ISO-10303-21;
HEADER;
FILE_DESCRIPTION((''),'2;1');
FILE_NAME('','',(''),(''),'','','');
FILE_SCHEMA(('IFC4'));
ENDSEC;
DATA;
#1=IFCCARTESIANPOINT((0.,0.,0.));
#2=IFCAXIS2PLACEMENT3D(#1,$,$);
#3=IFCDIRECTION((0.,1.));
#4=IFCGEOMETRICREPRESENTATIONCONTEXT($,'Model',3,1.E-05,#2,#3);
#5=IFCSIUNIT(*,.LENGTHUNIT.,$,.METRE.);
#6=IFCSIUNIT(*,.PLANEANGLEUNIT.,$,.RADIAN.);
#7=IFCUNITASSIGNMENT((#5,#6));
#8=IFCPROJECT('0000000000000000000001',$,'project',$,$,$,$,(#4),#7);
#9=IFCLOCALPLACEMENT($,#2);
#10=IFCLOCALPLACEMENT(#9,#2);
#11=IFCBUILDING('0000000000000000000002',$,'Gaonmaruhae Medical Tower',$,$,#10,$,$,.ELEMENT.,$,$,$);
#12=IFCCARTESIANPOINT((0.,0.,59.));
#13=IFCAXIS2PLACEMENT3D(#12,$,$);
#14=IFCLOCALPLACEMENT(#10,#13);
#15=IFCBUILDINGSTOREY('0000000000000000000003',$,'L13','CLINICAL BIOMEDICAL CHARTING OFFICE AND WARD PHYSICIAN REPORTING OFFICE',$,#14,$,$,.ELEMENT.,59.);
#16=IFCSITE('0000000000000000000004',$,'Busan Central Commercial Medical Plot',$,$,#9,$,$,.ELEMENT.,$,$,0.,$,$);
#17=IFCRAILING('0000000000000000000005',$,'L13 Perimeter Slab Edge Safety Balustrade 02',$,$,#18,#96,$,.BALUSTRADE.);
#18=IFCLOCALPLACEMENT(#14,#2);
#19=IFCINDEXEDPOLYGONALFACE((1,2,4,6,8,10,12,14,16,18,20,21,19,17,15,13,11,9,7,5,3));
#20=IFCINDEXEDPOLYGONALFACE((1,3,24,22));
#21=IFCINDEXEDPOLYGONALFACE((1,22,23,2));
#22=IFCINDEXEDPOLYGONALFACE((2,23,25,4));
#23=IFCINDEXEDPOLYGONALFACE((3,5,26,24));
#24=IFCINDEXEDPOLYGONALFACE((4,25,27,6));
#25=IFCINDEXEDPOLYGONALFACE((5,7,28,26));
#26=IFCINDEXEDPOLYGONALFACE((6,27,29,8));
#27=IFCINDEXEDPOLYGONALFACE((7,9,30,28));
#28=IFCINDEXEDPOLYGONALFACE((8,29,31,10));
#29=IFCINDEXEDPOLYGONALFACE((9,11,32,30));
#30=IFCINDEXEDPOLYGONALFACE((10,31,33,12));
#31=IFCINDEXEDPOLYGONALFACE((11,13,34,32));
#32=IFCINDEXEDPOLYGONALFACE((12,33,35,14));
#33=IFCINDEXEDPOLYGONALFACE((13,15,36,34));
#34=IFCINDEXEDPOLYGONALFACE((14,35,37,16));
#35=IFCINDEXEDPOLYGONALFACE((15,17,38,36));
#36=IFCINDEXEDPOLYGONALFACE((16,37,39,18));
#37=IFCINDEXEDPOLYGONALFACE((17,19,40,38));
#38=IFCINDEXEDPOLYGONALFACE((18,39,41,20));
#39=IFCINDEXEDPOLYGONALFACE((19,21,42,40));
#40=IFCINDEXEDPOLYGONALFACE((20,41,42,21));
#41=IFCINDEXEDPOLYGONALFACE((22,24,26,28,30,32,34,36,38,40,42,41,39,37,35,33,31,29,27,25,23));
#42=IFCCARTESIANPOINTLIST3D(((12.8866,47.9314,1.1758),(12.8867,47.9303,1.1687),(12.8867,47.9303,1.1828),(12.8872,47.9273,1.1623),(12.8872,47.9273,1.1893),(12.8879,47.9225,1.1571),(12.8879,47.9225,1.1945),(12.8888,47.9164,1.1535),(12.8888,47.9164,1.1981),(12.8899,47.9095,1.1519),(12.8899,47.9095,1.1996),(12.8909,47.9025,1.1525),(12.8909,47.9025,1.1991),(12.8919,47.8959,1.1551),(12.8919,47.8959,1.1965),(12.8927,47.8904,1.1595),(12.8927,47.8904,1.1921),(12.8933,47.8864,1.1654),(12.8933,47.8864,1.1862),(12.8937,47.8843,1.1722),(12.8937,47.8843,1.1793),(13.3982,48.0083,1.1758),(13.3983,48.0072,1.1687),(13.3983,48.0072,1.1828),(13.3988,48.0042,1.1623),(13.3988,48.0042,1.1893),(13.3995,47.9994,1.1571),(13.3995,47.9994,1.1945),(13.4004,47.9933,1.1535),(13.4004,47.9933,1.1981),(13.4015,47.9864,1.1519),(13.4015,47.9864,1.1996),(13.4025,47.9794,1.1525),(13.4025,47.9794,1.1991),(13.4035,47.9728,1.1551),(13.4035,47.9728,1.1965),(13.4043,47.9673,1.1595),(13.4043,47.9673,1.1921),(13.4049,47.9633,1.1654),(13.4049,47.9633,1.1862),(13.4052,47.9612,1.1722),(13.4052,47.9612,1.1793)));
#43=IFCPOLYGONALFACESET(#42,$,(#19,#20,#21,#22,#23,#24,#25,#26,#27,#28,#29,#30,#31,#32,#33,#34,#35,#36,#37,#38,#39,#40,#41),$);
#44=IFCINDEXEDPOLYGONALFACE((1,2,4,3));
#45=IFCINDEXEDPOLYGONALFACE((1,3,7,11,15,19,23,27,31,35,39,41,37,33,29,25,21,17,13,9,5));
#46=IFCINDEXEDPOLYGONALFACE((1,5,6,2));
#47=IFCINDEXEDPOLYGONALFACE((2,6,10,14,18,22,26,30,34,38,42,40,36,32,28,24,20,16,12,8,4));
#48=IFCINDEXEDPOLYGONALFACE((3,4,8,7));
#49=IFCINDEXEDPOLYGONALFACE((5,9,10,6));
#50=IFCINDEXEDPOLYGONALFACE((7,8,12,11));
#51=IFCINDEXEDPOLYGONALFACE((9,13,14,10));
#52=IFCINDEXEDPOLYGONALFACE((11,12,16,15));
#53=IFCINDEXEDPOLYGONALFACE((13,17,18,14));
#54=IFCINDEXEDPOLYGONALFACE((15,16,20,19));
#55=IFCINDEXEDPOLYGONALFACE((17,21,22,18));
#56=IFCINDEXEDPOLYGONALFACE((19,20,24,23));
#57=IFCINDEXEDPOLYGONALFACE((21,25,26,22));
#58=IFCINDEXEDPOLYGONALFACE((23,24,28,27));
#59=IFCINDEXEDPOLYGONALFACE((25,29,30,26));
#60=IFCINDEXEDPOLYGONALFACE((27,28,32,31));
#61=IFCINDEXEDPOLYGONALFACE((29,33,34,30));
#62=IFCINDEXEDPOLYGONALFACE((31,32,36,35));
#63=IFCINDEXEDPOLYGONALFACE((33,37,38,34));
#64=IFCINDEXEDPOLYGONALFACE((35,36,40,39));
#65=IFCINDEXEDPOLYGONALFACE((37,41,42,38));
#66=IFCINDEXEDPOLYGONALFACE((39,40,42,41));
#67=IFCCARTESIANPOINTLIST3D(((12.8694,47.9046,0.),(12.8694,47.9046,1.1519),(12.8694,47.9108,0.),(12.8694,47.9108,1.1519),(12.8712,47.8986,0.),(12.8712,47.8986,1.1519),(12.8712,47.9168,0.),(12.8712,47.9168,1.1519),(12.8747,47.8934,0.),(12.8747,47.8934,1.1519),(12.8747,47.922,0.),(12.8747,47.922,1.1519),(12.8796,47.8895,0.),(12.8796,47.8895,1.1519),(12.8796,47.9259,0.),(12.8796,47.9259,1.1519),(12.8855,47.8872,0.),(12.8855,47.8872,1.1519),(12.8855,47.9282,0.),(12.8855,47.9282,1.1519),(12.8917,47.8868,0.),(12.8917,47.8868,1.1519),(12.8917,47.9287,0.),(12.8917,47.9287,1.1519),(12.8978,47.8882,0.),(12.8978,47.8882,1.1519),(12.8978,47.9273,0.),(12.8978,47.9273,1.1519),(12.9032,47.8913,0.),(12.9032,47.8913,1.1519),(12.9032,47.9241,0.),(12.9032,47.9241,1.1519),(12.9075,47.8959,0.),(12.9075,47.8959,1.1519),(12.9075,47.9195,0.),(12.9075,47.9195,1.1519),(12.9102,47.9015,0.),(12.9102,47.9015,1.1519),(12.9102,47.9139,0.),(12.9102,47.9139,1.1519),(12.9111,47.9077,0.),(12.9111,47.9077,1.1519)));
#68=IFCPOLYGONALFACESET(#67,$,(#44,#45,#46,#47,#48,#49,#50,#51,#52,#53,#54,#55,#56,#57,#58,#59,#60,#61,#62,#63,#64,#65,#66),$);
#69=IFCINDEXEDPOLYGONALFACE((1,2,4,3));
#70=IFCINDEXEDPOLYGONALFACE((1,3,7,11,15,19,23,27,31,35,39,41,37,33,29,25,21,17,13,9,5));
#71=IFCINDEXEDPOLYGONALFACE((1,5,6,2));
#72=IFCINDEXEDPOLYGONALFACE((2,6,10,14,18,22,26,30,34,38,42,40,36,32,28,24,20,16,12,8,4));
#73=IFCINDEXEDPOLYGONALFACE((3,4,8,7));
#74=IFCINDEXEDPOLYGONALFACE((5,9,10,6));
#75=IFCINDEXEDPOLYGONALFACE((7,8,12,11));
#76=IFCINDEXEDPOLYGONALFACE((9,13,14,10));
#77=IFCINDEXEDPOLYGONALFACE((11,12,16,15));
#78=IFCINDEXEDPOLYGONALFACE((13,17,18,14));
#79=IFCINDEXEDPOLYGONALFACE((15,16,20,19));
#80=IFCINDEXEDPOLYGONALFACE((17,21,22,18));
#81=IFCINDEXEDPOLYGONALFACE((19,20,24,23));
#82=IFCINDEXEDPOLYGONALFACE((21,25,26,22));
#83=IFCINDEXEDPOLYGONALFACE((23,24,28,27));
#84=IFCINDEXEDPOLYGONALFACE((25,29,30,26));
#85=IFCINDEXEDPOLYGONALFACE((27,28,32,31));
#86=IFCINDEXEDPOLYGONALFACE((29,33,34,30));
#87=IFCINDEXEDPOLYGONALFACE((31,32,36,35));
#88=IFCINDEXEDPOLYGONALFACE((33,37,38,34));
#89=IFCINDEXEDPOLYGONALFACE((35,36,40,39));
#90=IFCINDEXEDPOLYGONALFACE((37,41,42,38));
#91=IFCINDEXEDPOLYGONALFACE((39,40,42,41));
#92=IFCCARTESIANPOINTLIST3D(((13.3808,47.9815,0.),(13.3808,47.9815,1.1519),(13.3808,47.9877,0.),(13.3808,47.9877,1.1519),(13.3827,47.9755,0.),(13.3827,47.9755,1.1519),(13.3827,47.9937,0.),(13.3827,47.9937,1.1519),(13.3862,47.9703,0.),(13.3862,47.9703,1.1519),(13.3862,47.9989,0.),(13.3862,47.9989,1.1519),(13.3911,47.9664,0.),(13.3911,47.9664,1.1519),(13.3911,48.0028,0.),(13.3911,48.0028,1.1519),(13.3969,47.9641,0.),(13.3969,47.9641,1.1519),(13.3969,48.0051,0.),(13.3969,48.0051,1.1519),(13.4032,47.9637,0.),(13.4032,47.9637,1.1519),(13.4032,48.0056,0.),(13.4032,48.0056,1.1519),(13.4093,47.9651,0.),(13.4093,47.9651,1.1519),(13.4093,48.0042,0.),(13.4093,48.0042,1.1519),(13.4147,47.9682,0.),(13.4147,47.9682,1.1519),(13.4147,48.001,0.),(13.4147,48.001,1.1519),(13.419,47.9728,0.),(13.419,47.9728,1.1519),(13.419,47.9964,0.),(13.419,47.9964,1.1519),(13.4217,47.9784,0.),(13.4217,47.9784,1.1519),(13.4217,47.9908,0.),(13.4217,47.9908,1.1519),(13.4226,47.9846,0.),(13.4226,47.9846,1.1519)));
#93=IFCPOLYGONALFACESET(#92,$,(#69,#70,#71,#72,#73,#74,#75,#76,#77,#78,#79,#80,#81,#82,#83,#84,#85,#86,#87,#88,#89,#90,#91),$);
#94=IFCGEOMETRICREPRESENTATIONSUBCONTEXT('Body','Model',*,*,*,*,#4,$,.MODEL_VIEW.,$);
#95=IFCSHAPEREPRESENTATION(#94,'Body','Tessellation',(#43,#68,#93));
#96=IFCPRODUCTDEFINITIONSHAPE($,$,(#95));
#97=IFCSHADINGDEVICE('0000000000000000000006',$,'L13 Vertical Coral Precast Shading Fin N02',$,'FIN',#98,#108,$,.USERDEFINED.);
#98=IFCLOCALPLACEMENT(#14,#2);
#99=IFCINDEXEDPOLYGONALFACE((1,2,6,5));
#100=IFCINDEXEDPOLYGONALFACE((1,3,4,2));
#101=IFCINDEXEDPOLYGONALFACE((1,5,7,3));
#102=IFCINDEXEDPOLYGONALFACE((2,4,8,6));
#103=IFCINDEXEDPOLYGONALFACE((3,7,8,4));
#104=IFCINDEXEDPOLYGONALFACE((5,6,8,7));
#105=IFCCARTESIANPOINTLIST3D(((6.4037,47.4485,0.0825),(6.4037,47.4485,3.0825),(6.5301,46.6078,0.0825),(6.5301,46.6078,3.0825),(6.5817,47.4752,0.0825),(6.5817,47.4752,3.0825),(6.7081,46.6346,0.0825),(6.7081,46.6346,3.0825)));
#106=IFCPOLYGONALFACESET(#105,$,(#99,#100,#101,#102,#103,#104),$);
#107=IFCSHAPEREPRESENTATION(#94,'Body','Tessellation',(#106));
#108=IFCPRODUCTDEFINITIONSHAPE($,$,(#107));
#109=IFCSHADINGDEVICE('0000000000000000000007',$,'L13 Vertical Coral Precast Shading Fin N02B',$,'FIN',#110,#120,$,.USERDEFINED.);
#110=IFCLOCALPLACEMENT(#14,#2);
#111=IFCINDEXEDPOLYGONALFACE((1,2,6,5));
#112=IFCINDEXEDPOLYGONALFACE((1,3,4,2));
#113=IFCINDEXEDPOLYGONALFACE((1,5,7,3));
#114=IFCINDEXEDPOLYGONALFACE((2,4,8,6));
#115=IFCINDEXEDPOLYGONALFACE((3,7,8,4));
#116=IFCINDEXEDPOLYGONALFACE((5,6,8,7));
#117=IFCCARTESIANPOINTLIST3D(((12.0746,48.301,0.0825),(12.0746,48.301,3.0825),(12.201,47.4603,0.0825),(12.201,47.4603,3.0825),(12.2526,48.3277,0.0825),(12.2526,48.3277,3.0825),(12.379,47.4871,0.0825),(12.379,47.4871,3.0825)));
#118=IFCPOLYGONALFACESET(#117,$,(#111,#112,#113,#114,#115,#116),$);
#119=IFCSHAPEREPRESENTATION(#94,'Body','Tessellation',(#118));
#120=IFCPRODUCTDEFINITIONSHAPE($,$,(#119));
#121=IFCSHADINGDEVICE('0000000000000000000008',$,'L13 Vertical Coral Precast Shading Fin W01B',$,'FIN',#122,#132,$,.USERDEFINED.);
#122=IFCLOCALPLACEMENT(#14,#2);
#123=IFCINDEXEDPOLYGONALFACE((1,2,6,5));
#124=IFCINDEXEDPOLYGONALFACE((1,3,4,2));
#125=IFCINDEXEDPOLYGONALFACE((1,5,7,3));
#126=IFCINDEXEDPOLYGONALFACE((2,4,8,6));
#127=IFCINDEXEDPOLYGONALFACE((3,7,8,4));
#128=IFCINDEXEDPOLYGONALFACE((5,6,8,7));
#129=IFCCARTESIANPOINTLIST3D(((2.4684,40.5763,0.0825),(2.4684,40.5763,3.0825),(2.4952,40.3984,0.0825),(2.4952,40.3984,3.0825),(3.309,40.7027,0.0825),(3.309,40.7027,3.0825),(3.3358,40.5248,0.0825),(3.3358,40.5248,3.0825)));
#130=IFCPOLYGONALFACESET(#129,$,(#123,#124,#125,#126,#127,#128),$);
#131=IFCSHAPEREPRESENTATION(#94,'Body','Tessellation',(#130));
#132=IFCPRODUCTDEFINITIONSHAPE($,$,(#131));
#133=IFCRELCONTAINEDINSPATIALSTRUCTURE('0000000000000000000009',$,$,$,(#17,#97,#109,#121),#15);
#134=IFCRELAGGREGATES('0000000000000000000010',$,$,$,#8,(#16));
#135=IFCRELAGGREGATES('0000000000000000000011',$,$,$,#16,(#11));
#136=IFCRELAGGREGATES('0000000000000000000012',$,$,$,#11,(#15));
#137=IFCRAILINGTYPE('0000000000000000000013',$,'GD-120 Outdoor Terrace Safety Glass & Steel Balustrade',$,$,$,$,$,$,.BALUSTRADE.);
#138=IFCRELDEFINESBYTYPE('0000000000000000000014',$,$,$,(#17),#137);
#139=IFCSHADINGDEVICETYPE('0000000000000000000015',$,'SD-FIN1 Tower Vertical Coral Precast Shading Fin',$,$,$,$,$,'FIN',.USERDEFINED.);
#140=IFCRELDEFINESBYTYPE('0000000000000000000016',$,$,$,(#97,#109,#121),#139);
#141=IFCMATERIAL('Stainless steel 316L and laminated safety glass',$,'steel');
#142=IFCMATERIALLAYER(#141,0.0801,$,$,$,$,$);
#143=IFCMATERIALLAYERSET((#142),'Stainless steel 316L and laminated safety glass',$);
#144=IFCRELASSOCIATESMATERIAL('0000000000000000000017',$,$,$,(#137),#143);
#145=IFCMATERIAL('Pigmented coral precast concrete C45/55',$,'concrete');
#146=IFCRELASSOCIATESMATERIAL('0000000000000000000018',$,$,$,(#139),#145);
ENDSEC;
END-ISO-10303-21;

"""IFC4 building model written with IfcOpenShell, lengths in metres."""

from ifc_helpers import new_model, si_unit, direction, frame, origin, origin_2d, place, context, subcontext, project, spatial, rectangle, circle, extrude, material, layer, layer_set, type_object, element, save


model = new_model("IFC4")

# Units and contexts
model_context = context("Model", 3, precision=1e-05, world=origin(), true_north=direction((0.0, 1.0)))
body_context = subcontext(model_context, "Body", "Model", "MODEL_VIEW")
ifc_project = project(units=[si_unit("LENGTHUNIT", "METRE"), si_unit("PLANEANGLEUNIT", "RADIAN")], contexts=[model_context])

# Site, building, storey
site_placement = place(None, origin())
site = spatial("IfcSite", under=ifc_project, at=site_placement, Name="Busan Central Commercial Medical Plot", CompositionType="ELEMENT", RefElevation=0.0)
building_placement = place(site_placement, origin())
building = spatial("IfcBuilding", under=site, at=building_placement, Name="Gaonmaruhae Medical Tower", CompositionType="ELEMENT")
storey_placement = place(building_placement, frame((0.0, 0.0, 59.0)))
storey = spatial("IfcBuildingStorey", under=building, at=storey_placement, Name="L13", Description="CLINICAL BIOMEDICAL CHARTING OFFICE AND WARD PHYSICIAN REPORTING OFFICE", CompositionType="ELEMENT", Elevation=59.0)

# Railing
ifc_material_1 = material(Name="Stainless steel 316L and laminated safety glass", Category="steel")
ifc_layer_1 = layer(ifc_material_1, 0.0801)
ifc_layer_set_1 = layer_set([ifc_layer_1], Name="Stainless steel 316L and laminated safety glass")
railing_type = type_object("IfcRailingType", Name="GD-120 Outdoor Terrace Safety Glass & Steel Balustrade", PredefinedType="BALUSTRADE", material=ifc_layer_set_1)
railing_placement = place(storey_placement, frame((12.8901, 47.9077, 0.0)))
element("IfcRailing", 1, at=railing_placement, inside=storey, type_object=railing_type, Name="L13 Perimeter Slab Edge Safety Balustrade 02", PredefinedType="BALUSTRADE", context=body_context, shape_type="SweptSolid", body=[
    extrude(circle(Radius=0.0239, at=origin_2d()), frame((0.0, 0.0, 1.1758), z_axis=(0.988884, 0.148687, 0.0), x_axis=(-0.148687, 0.988884, 0.0)), (0.0, 0.0, 1.0), 0.5173),
    extrude(circle(Radius=0.021, at=origin_2d()), origin(), (0.0, 0.0, 1.0), 1.1519),
    extrude(circle(Radius=0.021, at=origin_2d()), frame((0.5115, 0.0769, 0.0)), (0.0, 0.0, 1.0), 1.1519),
])

# Shading devices
ifc_material_2 = material(Name="Pigmented coral precast concrete C45/55", Category="concrete")
shading_device_type = type_object("IfcShadingDeviceType", Name="SD-FIN1 Tower Vertical Coral Precast Shading Fin", ElementType="FIN", PredefinedType="USERDEFINED", material=ifc_material_2)
for number, where, z_axis, x_axis, name in (
    (2, (6.5559, 47.0415, 0.0825), (0.0, 0.0, 1.0), (0.988886, 0.148672, 0.0), "L13 Vertical Coral Precast Shading Fin N02"),
    (3, (12.2268, 47.894, 0.0825), (0.0, 0.0, 1.0), (0.988886, 0.148672, 0.0), "L13 Vertical Coral Precast Shading Fin N02B"),
    (4, (2.9021, 40.5505, 0.0825), (0.0, 0.0, 1.0), (-0.14869, 0.988884, 0.0), "L13 Vertical Coral Precast Shading Fin W01B"),
):
    element("IfcShadingDevice", number, at=place(storey_placement, frame(where, z_axis=z_axis, x_axis=x_axis)), inside=storey, type_object=shading_device_type, Name=name, ObjectType="FIN", PredefinedType="USERDEFINED", context=body_context, shape_type="SweptSolid", body=[
        extrude(rectangle(XDim=0.1799, YDim=0.8501, at=origin_2d()), origin(), (0.0, 0.0, 1.0), 3.0),
    ])

save(model, "model.ifc")
